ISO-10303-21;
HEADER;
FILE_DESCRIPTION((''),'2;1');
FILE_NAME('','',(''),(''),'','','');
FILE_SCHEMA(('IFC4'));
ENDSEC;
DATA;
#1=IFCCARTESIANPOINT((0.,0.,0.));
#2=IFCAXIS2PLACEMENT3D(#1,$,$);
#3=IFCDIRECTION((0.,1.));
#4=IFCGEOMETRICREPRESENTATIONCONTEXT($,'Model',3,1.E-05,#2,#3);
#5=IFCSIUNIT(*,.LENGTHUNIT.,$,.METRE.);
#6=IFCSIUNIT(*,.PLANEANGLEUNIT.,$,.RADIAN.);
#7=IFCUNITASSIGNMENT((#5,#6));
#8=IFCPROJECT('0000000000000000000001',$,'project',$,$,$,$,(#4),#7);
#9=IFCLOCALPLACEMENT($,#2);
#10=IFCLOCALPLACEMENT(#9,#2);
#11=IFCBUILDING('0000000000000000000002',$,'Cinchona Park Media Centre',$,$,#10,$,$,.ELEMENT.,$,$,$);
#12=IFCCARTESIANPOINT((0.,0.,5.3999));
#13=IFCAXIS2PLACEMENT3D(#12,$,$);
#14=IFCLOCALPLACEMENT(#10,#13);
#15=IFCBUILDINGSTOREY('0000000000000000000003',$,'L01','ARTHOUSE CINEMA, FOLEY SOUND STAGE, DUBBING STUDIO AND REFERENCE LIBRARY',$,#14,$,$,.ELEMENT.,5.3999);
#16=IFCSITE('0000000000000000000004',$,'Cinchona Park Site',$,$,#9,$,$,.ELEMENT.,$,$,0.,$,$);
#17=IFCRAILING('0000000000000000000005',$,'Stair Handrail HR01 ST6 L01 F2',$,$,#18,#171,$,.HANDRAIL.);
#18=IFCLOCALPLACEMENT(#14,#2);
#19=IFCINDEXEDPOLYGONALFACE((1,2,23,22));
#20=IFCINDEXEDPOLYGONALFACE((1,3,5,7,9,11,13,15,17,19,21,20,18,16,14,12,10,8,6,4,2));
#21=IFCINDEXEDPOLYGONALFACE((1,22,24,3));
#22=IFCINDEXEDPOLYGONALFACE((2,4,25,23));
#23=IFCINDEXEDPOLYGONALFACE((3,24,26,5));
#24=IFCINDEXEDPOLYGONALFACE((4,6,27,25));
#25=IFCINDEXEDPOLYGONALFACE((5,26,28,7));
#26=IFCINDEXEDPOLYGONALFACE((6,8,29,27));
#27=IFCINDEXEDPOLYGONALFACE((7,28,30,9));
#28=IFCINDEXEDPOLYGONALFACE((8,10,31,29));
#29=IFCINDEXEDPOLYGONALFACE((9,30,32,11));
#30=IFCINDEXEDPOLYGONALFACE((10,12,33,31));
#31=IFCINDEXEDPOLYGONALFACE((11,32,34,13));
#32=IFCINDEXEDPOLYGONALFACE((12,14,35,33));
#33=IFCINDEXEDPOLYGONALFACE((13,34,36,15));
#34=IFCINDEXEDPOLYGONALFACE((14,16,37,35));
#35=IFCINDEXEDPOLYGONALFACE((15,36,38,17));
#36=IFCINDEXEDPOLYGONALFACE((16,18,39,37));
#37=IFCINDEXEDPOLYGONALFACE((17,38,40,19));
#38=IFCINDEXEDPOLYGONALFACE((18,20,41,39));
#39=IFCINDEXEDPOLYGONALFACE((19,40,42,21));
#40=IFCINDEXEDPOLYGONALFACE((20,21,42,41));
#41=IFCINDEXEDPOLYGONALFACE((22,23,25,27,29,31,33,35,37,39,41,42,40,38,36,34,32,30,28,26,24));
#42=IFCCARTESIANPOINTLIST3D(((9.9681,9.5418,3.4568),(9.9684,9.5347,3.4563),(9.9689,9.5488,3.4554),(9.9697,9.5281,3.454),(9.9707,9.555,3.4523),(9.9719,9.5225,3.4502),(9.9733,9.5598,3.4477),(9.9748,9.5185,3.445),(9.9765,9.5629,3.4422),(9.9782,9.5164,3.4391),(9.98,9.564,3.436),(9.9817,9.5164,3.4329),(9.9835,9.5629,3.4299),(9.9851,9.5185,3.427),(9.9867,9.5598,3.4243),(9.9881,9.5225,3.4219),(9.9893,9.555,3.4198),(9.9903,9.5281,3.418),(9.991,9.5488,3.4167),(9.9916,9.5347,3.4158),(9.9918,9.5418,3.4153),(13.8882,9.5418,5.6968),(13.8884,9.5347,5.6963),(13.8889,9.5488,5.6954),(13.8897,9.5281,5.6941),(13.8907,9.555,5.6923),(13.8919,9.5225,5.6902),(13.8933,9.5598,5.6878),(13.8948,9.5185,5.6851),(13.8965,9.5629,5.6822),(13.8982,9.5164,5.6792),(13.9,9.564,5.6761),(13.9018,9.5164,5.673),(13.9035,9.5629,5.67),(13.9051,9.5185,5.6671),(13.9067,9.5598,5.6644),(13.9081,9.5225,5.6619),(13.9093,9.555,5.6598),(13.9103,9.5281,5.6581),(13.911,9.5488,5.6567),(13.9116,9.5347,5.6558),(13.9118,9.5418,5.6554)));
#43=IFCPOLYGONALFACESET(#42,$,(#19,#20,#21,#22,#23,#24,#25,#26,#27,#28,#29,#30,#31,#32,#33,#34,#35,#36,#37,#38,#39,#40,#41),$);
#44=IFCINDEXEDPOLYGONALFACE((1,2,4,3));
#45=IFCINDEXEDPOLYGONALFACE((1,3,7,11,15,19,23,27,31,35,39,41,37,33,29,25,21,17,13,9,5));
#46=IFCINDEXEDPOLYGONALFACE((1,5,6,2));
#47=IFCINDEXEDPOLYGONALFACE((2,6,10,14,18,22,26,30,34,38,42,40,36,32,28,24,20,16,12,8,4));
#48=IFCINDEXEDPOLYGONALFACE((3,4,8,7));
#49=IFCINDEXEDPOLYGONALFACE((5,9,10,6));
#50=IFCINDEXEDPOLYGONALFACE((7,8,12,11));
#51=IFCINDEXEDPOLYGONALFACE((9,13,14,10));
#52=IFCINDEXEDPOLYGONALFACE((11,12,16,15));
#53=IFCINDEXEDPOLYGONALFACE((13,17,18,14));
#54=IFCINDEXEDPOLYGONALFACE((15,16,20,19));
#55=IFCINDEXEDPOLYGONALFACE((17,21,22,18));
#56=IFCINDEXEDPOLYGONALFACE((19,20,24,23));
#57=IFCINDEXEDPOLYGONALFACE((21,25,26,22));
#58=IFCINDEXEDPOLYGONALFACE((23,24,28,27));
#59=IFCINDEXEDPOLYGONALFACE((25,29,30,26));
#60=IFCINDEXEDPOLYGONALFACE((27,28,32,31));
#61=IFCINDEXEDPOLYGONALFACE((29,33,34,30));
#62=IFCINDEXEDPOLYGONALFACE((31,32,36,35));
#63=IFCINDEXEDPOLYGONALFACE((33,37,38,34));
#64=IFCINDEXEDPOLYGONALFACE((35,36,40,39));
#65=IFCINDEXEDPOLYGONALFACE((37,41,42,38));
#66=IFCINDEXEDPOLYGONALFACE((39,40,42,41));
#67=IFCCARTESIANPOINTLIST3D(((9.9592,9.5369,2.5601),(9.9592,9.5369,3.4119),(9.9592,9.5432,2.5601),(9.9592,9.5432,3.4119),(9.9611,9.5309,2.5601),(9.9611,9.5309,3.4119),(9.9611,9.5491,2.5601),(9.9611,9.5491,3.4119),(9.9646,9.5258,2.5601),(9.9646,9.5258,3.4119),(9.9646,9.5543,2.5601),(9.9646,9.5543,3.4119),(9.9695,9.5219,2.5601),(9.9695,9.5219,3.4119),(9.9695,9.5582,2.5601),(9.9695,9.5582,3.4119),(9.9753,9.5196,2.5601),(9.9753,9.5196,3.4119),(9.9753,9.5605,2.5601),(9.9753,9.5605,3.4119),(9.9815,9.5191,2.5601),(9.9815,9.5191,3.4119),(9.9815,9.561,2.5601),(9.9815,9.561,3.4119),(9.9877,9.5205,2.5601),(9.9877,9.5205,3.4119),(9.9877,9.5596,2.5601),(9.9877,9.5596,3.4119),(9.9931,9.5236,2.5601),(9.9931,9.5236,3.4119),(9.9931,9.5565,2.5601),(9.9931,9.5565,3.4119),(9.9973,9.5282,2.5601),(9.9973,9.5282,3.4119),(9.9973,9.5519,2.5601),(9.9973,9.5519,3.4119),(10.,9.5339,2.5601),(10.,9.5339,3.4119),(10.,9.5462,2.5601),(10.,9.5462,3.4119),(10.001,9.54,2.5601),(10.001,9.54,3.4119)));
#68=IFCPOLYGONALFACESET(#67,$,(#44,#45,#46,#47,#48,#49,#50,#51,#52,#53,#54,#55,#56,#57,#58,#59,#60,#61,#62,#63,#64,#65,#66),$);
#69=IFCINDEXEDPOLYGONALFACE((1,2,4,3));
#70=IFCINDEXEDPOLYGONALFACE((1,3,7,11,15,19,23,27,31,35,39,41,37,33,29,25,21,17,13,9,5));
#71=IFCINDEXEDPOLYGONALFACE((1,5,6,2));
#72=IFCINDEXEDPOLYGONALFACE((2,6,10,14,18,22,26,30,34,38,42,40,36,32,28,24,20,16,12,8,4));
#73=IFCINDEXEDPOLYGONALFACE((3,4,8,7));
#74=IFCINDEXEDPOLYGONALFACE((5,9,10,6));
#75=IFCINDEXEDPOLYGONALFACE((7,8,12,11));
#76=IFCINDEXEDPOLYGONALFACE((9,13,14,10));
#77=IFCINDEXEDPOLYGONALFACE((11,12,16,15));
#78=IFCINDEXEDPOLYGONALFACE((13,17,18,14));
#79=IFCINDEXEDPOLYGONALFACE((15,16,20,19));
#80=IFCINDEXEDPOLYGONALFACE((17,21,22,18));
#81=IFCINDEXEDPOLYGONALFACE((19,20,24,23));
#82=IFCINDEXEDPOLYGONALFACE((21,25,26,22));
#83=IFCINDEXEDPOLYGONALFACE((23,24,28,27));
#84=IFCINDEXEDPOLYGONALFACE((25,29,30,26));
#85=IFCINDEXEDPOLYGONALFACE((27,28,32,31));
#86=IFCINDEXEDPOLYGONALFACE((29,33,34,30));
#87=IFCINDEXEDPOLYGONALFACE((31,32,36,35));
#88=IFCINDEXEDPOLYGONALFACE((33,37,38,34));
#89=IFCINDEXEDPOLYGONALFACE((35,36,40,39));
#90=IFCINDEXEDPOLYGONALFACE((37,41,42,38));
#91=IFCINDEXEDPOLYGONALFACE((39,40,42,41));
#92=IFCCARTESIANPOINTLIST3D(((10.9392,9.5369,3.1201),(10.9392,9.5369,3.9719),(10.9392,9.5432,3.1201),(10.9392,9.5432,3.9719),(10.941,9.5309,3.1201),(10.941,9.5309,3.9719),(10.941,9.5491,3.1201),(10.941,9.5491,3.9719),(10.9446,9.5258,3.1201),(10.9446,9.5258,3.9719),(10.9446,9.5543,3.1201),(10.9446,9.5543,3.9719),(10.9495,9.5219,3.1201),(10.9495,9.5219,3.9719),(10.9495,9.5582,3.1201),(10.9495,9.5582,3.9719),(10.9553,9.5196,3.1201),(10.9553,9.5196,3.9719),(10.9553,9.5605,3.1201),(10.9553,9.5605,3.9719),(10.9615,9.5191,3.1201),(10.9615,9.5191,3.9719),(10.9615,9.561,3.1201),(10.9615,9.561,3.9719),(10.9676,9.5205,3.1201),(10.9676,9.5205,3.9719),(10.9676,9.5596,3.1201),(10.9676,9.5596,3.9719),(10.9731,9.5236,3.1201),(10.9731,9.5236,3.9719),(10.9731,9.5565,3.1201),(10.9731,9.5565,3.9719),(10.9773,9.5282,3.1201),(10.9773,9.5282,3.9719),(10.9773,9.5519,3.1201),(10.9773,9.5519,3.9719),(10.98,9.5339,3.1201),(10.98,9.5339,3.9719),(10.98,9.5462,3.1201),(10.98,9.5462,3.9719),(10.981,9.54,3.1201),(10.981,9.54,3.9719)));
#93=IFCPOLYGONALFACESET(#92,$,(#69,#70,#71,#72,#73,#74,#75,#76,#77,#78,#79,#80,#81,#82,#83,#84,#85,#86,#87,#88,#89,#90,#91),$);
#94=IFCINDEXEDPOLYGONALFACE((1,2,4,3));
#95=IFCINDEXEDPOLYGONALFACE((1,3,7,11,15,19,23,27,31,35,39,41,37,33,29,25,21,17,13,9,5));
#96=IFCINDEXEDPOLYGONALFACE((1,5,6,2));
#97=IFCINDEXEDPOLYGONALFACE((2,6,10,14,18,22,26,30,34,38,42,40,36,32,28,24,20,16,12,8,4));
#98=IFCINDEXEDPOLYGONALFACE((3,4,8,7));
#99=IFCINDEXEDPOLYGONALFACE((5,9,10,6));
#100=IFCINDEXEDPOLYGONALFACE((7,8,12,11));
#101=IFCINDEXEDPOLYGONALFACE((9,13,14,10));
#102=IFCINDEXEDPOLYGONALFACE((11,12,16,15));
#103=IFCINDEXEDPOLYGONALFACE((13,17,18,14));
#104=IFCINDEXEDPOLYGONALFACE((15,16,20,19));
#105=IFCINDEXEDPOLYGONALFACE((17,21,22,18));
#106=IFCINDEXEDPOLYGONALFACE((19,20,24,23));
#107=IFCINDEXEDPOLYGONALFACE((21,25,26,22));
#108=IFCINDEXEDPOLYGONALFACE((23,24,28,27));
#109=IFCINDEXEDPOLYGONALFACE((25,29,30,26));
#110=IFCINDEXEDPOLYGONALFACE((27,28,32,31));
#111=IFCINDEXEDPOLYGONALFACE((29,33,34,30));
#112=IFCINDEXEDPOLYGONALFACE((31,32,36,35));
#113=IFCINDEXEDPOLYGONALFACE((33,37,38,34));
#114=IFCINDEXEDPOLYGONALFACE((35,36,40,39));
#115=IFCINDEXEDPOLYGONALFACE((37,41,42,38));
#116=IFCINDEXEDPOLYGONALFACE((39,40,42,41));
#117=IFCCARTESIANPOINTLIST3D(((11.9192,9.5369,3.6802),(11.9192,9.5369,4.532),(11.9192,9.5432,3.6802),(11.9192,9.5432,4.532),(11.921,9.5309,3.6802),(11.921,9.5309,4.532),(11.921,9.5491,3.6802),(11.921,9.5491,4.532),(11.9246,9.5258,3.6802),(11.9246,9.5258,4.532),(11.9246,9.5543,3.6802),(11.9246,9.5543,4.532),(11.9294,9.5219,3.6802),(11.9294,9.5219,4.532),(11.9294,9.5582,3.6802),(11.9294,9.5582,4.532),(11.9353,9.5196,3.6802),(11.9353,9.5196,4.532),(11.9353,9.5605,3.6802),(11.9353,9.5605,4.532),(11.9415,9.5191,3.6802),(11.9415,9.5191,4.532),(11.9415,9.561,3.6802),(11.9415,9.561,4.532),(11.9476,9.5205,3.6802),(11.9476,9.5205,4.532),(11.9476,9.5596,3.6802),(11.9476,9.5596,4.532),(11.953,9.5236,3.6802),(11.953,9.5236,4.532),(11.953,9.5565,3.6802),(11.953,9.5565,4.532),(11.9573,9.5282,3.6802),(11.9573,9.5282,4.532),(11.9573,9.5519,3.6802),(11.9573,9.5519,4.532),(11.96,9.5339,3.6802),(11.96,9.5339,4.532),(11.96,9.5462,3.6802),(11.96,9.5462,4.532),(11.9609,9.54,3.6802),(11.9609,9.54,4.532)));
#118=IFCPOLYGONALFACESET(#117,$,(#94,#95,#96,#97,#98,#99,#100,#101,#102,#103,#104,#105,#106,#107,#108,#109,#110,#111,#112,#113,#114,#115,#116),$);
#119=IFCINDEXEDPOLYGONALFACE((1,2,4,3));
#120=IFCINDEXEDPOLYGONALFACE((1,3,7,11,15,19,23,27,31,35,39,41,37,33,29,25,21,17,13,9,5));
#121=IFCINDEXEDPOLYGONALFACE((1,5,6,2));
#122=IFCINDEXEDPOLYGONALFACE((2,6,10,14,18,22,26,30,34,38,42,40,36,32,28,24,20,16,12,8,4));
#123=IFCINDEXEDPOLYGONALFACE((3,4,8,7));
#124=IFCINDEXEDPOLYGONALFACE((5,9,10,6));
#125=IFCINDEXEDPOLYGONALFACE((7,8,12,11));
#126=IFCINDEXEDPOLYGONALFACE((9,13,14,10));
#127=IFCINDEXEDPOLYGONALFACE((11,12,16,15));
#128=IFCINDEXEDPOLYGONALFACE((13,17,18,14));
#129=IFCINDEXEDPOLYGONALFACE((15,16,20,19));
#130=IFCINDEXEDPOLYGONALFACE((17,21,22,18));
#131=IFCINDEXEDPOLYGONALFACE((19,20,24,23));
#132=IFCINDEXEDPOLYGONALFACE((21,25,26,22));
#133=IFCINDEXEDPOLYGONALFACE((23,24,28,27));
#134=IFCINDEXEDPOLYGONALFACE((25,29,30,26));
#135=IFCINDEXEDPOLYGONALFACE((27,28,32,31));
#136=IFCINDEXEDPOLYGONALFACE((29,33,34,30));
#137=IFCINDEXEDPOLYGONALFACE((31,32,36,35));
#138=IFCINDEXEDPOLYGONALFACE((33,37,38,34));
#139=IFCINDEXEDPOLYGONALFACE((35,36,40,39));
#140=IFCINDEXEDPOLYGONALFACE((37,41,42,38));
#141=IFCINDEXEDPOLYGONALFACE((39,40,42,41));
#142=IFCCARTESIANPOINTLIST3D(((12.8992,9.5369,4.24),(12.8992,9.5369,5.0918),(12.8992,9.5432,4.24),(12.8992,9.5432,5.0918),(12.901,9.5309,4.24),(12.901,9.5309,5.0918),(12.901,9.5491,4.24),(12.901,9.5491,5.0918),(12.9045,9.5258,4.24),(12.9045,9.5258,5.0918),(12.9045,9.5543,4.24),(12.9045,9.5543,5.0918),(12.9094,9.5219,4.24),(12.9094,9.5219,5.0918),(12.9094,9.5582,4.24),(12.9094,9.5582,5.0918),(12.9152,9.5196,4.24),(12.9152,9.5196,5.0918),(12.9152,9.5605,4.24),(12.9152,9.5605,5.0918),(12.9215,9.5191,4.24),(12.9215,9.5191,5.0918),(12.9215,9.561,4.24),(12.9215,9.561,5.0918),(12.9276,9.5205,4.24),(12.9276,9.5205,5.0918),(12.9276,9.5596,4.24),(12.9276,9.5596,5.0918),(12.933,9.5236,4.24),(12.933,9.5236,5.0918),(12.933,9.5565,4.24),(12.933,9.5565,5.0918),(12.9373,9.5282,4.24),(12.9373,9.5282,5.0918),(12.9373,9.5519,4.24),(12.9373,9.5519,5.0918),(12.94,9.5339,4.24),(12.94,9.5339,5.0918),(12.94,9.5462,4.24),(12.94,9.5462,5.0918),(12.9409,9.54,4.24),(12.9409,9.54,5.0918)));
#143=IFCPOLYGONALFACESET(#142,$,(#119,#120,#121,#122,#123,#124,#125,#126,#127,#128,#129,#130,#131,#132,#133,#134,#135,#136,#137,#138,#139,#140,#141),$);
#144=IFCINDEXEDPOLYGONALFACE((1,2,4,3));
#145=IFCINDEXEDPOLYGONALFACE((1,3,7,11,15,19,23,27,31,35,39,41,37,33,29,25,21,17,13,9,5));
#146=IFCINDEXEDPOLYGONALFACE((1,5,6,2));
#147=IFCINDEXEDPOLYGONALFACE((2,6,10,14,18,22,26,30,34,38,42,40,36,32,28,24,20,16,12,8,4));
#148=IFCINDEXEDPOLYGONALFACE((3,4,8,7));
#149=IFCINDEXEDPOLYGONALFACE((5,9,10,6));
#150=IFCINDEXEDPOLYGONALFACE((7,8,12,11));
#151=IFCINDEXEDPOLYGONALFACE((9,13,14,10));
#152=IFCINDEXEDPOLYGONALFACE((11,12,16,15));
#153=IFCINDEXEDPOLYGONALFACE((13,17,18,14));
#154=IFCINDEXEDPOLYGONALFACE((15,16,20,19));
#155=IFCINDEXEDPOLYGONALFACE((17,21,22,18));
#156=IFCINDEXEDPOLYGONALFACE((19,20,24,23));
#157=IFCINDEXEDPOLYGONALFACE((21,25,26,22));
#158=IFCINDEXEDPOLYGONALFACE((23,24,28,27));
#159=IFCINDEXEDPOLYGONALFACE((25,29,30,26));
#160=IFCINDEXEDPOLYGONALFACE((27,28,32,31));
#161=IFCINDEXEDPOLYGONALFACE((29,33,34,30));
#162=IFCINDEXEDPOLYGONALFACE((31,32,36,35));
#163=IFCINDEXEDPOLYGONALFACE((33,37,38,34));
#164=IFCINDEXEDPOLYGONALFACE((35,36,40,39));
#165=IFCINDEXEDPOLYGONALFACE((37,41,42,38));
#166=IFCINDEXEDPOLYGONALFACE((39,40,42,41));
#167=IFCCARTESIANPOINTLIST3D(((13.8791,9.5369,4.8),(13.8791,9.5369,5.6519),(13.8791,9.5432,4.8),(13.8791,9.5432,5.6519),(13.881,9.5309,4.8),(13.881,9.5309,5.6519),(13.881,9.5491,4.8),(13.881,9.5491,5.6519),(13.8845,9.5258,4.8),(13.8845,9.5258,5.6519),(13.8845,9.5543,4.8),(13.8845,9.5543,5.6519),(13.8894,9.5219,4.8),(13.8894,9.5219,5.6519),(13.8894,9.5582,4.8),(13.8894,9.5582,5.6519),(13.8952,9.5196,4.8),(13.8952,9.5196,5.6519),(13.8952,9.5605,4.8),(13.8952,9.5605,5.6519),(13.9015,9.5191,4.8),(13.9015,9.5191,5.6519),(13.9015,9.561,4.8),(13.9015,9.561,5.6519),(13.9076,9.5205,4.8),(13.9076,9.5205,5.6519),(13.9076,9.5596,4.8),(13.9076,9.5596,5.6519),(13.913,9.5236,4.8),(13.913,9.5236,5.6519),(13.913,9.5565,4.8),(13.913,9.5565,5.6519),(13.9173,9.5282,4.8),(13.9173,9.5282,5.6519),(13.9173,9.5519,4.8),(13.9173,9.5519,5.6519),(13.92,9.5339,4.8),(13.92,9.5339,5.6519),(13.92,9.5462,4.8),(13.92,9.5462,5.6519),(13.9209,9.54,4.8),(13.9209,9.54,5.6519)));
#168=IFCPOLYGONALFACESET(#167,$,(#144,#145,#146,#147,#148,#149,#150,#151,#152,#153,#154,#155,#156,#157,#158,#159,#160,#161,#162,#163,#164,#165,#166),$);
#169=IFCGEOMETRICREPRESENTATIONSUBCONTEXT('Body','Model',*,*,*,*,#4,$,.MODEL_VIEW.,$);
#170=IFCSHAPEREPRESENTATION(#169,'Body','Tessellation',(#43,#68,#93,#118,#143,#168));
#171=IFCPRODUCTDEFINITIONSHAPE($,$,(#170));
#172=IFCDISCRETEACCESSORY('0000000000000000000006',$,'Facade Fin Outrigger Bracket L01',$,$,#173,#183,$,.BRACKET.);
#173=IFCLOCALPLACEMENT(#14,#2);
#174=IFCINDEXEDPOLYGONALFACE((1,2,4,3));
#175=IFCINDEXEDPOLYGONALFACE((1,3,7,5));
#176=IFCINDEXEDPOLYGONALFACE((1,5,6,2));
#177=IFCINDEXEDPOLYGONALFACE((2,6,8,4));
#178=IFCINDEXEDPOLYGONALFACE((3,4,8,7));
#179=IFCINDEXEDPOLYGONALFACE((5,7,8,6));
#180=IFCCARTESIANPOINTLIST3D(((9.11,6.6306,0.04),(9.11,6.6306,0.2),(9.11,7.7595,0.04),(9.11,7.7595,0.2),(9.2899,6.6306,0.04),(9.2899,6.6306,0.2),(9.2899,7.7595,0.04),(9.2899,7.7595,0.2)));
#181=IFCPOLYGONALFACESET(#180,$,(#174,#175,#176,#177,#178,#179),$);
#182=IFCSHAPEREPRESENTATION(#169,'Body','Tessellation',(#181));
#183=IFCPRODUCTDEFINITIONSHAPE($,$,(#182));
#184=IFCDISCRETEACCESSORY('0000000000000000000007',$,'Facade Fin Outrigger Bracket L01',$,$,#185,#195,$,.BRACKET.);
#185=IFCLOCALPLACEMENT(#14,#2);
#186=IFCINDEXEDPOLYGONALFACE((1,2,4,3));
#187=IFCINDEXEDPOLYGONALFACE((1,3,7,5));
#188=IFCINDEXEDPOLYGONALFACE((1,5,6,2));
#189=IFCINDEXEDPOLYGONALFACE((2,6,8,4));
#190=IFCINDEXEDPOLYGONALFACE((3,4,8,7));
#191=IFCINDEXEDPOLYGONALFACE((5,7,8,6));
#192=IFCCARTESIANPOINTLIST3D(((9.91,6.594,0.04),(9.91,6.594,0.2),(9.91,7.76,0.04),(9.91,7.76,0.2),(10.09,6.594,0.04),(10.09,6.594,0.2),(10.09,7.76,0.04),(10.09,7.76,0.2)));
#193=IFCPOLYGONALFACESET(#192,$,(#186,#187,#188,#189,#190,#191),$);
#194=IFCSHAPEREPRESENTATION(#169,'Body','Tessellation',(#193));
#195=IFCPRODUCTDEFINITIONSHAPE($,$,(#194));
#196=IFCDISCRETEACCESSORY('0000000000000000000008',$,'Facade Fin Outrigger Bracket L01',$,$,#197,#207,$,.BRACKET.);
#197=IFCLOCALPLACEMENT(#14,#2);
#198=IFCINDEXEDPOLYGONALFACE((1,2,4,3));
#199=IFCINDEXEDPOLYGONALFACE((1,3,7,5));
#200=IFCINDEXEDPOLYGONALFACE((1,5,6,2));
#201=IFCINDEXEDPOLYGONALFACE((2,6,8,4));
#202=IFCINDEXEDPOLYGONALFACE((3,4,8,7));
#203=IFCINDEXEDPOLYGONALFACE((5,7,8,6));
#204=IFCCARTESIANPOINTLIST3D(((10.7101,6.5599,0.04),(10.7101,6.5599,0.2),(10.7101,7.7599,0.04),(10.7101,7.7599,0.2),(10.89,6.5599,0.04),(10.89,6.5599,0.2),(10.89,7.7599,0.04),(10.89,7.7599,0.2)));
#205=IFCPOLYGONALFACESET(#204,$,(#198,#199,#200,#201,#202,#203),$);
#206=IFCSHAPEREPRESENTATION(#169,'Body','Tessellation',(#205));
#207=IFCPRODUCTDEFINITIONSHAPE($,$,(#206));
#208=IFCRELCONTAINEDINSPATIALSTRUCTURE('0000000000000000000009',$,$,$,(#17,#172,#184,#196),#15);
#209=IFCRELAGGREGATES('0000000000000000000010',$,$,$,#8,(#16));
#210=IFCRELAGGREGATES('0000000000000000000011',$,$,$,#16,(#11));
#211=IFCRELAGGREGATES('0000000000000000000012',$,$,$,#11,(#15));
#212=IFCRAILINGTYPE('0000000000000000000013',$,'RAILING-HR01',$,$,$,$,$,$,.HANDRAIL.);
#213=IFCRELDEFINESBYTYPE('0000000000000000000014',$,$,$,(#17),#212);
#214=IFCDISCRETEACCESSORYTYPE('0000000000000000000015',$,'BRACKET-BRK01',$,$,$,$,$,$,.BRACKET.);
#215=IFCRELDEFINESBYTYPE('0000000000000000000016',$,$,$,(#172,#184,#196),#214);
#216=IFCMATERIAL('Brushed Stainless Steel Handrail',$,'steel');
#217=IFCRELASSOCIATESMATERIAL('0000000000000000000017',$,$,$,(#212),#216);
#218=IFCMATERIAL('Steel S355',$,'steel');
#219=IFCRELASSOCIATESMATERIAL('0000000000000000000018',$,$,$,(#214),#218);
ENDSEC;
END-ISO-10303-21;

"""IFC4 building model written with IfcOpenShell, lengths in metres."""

from ifc_helpers import new_model, si_unit, direction, frame, origin, origin_2d, place, context, subcontext, project, spatial, rectangle, circle, extrude, material, type_object, element, save


model = new_model("IFC4")

# Units and contexts
model_context = context("Model", 3, precision=1e-05, world=origin(), true_north=direction((0.0, 1.0)))
body_context = subcontext(model_context, "Body", "Model", "MODEL_VIEW")
ifc_project = project(units=[si_unit("LENGTHUNIT", "METRE"), si_unit("PLANEANGLEUNIT", "RADIAN")], contexts=[model_context])

# Site, building, storey
site_placement = place(None, origin())
site = spatial("IfcSite", under=ifc_project, at=site_placement, Name="Cinchona Park Site", CompositionType="ELEMENT", RefElevation=0.0)
building_placement = place(site_placement, origin())
building = spatial("IfcBuilding", under=site, at=building_placement, Name="Cinchona Park Media Centre", CompositionType="ELEMENT")
storey_placement = place(building_placement, frame((0.0, 0.0, 5.3999)))
storey = spatial("IfcBuildingStorey", under=building, at=storey_placement, Name="L01", Description="ARTHOUSE CINEMA, FOLEY SOUND STAGE, DUBBING STUDIO AND REFERENCE LIBRARY", CompositionType="ELEMENT", Elevation=5.3999)

# Railing
ifc_material_1 = material(Name="Brushed Stainless Steel Handrail", Category="steel")
railing_type_1 = type_object("IfcRailingType", Name="RAILING-HR01", PredefinedType="HANDRAIL", material=ifc_material_1)
railing_1_placement = place(storey_placement, frame((9.98, 9.54, 2.5601)))
element("IfcRailing", 1, at=railing_1_placement, inside=storey, type_object=railing_type_1, Name="Stair Handrail HR01 ST6 L01 F2", PredefinedType="HANDRAIL", context=body_context, shape_type="SweptSolid", body=[
    extrude(circle(Radius=0.0239, at=origin_2d()), frame((0.0, 0.0, 0.876), z_axis=(0.86824, 0.0, 0.496145), x_axis=(0.0, 1.0, 0.0)), (0.0, 0.0, 1.0), 4.5149),
    extrude(circle(Radius=0.021, at=origin_2d()), origin(), (0.0, 0.0, 1.0), 0.8518),
    extrude(circle(Radius=0.021, at=origin_2d()), frame((0.98, 0.0, 0.5601)), (0.0, 0.0, 1.0), 0.8518),
    extrude(circle(Radius=0.021, at=origin_2d()), frame((1.96, 0.0, 1.1201)), (0.0, 0.0, 1.0), 0.8518),
    extrude(circle(Radius=0.021, at=origin_2d()), frame((2.9399, 0.0, 1.6799)), (0.0, 0.0, 1.0), 0.8518),
    extrude(circle(Radius=0.021, at=origin_2d()), frame((3.9199, 0.0, 2.24)), (0.0, 0.0, 1.0), 0.8518),
])

# Discrete accessories
ifc_material_2 = material(Name="Steel S355", Category="steel")
discrete_accessory_type = type_object("IfcDiscreteAccessoryType", Name="BRACKET-BRK01", PredefinedType="BRACKET", material=ifc_material_2)
discrete_accessory_1_placement = place(storey_placement, frame((9.2, 7.1951, 0.04), z_axis=(0.0, 0.0, 1.0), x_axis=(1.0, 0.0, 0.0)))
element("IfcDiscreteAccessory", 2, at=discrete_accessory_1_placement, inside=storey, type_object=discrete_accessory_type, Name="Facade Fin Outrigger Bracket L01", PredefinedType="BRACKET", context=body_context, shape_type="SweptSolid", body=[
    extrude(rectangle(XDim=0.1799, YDim=1.1289, at=origin_2d()), origin(), (0.0, 0.0, 1.0), 0.1599),
])
discrete_accessory_2_placement = place(storey_placement, frame((10.0, 7.177, 0.04), z_axis=(0.0, 0.0, 1.0), x_axis=(1.0, 0.0, 0.0)))
element("IfcDiscreteAccessory", 3, at=discrete_accessory_2_placement, inside=storey, type_object=discrete_accessory_type, Name="Facade Fin Outrigger Bracket L01", PredefinedType="BRACKET", context=body_context, shape_type="SweptSolid", body=[
    extrude(rectangle(XDim=0.1799, YDim=1.166, at=origin_2d()), origin(), (0.0, 0.0, 1.0), 0.1599),
])
discrete_accessory_3_placement = place(storey_placement, frame((10.8, 7.1599, 0.04), z_axis=(0.0, 0.0, 1.0), x_axis=(1.0, 0.0, 0.0)))
element("IfcDiscreteAccessory", 4, at=discrete_accessory_3_placement, inside=storey, type_object=discrete_accessory_type, Name="Facade Fin Outrigger Bracket L01", PredefinedType="BRACKET", context=body_context, shape_type="SweptSolid", body=[
    extrude(rectangle(XDim=0.1799, YDim=1.2, at=origin_2d()), origin(), (0.0, 0.0, 1.0), 0.1599),
])

save(model, "model.ifc")
